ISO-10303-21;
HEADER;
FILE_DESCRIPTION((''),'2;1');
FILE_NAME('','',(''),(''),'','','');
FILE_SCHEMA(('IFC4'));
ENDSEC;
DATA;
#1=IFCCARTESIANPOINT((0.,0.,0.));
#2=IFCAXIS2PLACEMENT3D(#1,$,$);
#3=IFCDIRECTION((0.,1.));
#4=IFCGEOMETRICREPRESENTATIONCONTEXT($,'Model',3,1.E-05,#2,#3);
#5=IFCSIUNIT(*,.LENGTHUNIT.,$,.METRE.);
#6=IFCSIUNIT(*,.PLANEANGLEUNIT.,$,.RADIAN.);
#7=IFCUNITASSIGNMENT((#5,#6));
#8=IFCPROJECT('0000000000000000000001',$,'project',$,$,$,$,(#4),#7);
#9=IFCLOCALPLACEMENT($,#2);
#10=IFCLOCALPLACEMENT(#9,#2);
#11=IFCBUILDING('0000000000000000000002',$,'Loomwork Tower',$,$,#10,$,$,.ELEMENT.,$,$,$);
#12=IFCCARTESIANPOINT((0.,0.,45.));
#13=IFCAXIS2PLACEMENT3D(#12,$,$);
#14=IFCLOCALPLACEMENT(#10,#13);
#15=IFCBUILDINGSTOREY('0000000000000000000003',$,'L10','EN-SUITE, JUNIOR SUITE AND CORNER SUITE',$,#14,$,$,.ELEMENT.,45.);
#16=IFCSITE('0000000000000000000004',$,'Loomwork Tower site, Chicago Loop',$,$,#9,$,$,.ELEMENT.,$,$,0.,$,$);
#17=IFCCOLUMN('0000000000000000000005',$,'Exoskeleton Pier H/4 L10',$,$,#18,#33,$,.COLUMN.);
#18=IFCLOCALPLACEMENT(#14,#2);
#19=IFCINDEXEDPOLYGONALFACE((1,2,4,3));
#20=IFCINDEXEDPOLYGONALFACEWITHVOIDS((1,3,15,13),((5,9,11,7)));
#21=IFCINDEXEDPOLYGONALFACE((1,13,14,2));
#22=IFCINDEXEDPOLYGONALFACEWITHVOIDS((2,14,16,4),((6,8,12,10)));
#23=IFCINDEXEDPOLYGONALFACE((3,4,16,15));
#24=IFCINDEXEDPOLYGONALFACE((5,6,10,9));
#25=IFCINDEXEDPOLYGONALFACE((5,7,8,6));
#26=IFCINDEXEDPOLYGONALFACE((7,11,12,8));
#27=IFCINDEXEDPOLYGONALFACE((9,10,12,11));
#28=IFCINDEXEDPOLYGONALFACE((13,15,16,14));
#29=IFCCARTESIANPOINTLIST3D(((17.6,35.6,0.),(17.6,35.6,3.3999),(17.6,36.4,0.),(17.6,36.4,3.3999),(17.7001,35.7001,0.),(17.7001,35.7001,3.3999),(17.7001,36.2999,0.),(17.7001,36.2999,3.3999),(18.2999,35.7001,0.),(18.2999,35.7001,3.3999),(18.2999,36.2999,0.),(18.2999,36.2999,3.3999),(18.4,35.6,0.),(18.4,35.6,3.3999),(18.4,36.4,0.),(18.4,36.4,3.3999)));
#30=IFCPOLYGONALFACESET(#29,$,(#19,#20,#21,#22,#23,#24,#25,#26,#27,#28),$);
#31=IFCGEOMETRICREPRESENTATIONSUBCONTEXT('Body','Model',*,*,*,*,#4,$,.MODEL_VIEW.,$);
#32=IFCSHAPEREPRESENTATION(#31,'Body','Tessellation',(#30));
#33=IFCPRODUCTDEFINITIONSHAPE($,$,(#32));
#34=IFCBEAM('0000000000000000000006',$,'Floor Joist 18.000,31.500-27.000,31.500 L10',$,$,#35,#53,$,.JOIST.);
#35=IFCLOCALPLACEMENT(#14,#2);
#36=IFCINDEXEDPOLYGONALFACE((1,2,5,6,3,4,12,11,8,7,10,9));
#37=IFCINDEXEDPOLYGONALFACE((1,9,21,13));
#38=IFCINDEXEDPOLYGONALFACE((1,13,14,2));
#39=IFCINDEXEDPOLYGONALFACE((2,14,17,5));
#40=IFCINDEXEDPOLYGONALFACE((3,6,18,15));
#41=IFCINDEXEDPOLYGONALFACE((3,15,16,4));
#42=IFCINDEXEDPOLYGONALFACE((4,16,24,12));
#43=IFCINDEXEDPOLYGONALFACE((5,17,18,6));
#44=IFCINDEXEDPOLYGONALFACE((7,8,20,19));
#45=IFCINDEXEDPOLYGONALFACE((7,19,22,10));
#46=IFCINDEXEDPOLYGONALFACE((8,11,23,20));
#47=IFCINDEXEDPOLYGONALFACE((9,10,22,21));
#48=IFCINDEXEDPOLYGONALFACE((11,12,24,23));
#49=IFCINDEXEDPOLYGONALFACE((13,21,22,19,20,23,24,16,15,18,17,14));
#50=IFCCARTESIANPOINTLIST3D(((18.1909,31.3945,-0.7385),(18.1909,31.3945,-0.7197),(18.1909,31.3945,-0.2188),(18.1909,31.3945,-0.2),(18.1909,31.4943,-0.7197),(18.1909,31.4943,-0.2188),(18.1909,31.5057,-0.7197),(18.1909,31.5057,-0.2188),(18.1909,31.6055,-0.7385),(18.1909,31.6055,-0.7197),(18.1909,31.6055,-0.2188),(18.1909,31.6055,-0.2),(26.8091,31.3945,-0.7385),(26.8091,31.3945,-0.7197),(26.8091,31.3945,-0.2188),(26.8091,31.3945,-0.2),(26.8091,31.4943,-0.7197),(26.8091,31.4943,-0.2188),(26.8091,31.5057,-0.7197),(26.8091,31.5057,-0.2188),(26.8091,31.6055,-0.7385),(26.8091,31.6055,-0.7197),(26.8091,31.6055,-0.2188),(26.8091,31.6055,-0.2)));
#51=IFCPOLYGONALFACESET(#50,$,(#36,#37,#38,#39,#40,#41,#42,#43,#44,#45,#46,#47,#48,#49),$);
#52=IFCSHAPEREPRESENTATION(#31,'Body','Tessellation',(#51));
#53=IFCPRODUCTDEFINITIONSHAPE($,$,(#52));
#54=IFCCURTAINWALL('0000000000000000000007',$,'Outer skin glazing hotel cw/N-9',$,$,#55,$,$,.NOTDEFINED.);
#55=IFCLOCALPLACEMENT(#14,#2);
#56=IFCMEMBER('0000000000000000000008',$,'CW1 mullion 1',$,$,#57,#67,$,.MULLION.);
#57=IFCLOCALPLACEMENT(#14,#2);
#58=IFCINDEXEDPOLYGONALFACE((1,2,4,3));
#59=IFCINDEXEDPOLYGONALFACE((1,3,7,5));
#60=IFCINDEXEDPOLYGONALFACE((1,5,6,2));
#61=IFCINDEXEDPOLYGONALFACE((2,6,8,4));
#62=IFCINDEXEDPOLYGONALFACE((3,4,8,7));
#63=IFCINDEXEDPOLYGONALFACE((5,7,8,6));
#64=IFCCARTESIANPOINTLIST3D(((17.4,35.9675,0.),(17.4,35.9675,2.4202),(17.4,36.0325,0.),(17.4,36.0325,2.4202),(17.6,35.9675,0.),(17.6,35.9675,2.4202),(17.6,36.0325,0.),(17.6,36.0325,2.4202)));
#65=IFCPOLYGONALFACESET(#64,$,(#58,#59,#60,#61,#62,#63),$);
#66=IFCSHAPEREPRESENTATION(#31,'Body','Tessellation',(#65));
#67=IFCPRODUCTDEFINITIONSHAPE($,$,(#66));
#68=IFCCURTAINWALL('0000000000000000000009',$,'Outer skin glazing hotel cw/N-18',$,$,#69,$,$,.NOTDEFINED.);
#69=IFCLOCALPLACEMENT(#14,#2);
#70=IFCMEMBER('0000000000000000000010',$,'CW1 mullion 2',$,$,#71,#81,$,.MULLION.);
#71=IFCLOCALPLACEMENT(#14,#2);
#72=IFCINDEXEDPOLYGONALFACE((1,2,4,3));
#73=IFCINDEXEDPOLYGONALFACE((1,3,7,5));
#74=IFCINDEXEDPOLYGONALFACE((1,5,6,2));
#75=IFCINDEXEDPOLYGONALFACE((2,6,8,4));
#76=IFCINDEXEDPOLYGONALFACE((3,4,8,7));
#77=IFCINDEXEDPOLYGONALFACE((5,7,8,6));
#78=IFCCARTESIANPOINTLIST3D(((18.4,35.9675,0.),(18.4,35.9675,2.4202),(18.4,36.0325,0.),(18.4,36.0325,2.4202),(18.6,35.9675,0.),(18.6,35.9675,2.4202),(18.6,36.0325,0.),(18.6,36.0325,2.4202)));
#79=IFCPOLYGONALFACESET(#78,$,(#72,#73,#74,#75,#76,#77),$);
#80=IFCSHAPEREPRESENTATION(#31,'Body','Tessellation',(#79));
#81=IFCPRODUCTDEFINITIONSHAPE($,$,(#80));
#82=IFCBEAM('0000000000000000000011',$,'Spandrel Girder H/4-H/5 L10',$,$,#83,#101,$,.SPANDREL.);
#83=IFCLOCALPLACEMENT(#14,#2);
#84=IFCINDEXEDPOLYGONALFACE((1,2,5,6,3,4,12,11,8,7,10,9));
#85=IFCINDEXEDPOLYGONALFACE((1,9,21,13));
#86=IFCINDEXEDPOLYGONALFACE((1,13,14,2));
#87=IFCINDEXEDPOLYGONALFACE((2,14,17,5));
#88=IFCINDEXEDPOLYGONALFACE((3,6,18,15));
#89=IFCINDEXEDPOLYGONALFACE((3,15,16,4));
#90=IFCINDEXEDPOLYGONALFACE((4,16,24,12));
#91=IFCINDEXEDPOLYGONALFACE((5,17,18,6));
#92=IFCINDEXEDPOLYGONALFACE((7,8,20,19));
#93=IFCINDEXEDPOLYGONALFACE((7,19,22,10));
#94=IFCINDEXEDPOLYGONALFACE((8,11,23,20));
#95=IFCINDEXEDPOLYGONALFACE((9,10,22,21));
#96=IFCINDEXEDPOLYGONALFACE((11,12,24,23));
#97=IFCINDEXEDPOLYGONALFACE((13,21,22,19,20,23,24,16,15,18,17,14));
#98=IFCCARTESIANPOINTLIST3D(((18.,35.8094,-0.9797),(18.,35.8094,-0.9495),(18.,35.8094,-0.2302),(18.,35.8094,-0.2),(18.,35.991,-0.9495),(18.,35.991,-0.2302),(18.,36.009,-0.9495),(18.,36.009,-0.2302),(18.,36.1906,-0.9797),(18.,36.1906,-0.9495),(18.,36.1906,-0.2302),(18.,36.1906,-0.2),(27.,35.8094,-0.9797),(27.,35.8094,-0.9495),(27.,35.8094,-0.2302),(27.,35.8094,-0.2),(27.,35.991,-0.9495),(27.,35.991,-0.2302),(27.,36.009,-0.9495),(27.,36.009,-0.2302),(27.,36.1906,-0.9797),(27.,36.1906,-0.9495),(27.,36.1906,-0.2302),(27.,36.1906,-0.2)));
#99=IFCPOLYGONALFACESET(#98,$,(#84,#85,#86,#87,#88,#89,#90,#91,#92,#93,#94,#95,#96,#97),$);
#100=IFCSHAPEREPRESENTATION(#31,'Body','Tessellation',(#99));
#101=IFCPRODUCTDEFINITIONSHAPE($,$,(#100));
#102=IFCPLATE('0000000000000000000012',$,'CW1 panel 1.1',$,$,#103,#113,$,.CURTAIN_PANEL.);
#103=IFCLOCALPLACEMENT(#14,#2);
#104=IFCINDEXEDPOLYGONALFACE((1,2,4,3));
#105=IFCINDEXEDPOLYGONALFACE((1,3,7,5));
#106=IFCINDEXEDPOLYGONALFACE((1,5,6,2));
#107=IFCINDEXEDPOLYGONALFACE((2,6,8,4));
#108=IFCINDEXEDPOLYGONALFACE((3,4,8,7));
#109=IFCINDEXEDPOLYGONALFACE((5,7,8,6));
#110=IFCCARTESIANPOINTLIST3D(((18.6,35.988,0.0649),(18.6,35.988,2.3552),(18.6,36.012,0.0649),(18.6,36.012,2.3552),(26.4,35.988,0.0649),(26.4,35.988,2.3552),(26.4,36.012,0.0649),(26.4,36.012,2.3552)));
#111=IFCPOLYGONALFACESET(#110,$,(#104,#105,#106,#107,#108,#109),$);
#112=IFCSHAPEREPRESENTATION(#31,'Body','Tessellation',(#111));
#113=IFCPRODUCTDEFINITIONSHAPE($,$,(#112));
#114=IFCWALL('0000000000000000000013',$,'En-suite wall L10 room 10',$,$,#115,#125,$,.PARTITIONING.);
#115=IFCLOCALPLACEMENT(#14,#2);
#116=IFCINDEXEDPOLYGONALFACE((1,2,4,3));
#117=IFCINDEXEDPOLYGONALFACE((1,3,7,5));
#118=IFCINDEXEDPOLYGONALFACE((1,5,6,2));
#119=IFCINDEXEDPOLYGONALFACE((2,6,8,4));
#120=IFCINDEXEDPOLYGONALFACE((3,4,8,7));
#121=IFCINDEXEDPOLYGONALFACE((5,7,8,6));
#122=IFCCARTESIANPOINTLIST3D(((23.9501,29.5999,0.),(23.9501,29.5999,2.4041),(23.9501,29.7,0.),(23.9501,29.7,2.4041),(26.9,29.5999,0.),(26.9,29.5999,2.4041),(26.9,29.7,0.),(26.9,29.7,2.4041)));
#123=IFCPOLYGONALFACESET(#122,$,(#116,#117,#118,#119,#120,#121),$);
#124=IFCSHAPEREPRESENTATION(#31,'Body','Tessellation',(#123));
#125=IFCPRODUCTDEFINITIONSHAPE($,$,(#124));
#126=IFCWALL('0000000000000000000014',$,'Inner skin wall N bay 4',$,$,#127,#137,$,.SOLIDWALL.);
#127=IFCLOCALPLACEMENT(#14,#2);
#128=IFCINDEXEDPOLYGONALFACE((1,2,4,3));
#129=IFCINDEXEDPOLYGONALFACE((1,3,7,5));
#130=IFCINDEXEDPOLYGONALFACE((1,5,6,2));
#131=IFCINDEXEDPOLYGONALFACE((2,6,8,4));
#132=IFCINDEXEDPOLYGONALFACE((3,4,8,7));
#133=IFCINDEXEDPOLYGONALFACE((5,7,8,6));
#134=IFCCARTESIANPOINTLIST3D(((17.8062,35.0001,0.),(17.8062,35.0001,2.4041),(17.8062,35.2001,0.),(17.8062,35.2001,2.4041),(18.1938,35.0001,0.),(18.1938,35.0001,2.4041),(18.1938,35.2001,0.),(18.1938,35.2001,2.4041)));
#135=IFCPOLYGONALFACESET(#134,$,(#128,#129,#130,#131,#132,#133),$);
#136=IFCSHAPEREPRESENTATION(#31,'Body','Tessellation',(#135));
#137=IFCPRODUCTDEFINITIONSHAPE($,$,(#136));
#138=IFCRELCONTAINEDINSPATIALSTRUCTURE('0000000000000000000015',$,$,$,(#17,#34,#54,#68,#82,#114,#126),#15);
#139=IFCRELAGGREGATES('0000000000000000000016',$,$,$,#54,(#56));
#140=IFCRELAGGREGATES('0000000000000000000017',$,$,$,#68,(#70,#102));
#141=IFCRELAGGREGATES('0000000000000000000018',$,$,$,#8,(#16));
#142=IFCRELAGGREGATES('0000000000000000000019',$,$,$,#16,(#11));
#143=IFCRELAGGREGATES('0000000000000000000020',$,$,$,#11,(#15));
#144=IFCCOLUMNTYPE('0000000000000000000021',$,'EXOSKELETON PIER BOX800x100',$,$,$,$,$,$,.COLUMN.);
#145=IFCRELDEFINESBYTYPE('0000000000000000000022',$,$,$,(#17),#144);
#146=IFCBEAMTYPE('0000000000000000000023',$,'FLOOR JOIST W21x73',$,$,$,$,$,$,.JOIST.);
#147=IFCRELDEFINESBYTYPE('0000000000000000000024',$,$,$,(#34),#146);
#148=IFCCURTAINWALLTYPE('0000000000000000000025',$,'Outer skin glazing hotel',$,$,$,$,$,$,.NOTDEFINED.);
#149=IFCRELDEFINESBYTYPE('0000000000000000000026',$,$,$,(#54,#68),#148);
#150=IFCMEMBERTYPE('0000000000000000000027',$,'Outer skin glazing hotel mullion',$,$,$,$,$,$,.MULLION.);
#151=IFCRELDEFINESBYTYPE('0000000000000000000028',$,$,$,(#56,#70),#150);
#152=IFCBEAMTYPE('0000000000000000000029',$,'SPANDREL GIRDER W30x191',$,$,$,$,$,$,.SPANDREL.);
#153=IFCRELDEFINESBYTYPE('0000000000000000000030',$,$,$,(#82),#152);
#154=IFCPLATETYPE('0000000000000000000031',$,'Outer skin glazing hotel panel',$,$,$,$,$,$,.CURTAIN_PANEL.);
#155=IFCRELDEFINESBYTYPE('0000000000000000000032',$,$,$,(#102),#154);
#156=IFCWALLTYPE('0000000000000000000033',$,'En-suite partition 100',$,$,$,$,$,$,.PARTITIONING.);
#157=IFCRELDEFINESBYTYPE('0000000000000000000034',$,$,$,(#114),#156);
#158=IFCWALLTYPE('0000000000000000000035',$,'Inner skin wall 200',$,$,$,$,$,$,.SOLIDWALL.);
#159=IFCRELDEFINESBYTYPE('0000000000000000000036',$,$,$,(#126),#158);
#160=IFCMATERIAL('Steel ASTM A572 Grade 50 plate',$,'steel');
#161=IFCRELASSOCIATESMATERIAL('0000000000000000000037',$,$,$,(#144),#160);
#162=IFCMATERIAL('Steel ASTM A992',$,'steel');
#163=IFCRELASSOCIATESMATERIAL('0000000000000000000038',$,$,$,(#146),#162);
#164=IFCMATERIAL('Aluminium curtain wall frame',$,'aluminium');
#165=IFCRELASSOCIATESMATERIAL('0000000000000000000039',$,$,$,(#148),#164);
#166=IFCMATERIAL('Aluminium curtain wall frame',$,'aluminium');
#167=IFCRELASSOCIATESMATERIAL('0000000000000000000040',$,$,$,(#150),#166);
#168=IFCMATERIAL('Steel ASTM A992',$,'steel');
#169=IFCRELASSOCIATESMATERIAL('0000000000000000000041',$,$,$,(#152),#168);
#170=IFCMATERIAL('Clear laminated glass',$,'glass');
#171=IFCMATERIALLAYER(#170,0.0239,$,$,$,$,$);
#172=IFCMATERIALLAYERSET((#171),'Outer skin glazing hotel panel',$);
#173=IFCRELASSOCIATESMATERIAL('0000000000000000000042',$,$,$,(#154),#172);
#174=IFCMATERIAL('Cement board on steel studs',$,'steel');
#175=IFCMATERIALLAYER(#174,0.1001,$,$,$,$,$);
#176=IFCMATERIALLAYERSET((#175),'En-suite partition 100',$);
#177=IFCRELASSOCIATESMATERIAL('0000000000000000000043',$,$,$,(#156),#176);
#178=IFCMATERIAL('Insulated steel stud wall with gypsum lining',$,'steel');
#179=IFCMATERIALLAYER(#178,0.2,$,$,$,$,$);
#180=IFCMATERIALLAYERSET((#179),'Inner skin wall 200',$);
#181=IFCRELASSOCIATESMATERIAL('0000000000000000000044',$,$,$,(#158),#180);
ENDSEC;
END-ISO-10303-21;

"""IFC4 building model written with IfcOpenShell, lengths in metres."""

from ifc_helpers import new_model, si_unit, direction, frame, frame_2d, origin, origin_2d, place, context, subcontext, project, spatial, rectangle, hollow_rectangle, i_section, extrude, material, layer, layer_set, material_profile, profile_set, type_object, element, aggregate, save


model = new_model("IFC4")

# Units and contexts
model_context = context("Model", 3, precision=1e-05, world=origin(), true_north=direction((0.0, 1.0)))
body_context = subcontext(model_context, "Body", "Model", "MODEL_VIEW")
ifc_project = project(units=[si_unit("LENGTHUNIT", "METRE"), si_unit("PLANEANGLEUNIT", "RADIAN")], contexts=[model_context])

# Site, building, storey
site_placement = place(None, origin())
site = spatial("IfcSite", under=ifc_project, at=site_placement, Name="Loomwork Tower site, Chicago Loop", CompositionType="ELEMENT", RefElevation=0.0)
building_placement = place(site_placement, origin())
building = spatial("IfcBuilding", under=site, at=building_placement, Name="Loomwork Tower", CompositionType="ELEMENT")
storey_placement = place(building_placement, frame((0.0, 0.0, 45.0)))
storey = spatial("IfcBuildingStorey", under=building, at=storey_placement, Name="L10", Description="EN-SUITE, JUNIOR SUITE AND CORNER SUITE", CompositionType="ELEMENT", Elevation=45.0)

# Column
ifc_material_1 = material(Name="Steel ASTM A572 Grade 50 plate", Category="steel")
ifc_material_profile_1 = material_profile(ifc_material_1, hollow_rectangle(XDim=0.8, YDim=0.8, WallThickness=0.1001, at=origin_2d()), Name="BOX800x100")
ifc_profile_set_1 = profile_set([ifc_material_profile_1], Name="Steel ASTM A572 Grade 50 plate")
column_type = type_object("IfcColumnType", Name="EXOSKELETON PIER BOX800x100", PredefinedType="COLUMN", material=ifc_profile_set_1)
column_placement = place(storey_placement, frame((18.0, 36.0, 0.0), z_axis=(0.0, 0.0, 1.0), x_axis=(1.0, 0.0, 0.0)))
element("IfcColumn", 1, at=column_placement, inside=storey, type_object=column_type, Name="Exoskeleton Pier H/4 L10", PredefinedType="COLUMN", context=body_context, shape_type="SweptSolid", body=[
    extrude(hollow_rectangle(XDim=0.8, YDim=0.8, WallThickness=0.1001, at=origin_2d()), origin(), (0.0, 0.0, 1.0), 3.3999),
])

# Beam
ifc_material_2 = material(Name="Steel ASTM A992", Category="steel")
ifc_material_profile_2 = material_profile(ifc_material_2, i_section(OverallWidth=0.2109, OverallDepth=0.5386, WebThickness=0.0115, FlangeThickness=0.0188, at=origin_2d()), Name="W21x73")
ifc_profile_set_2 = profile_set([ifc_material_profile_2], Name="Steel ASTM A992")
beam_type_1 = type_object("IfcBeamType", Name="FLOOR JOIST W21x73", PredefinedType="JOIST", material=ifc_profile_set_2)
beam_1_placement = place(storey_placement, frame((18.1909, 31.5, -0.4692), z_axis=(1.0, 0.0, 0.0), x_axis=(0.0, 1.0, 0.0)))
element("IfcBeam", 2, at=beam_1_placement, inside=storey, type_object=beam_type_1, Name="Floor Joist 18.000,31.500-27.000,31.500 L10", PredefinedType="JOIST", context=body_context, shape_type="SweptSolid", body=[
    extrude(i_section(OverallWidth=0.2109, OverallDepth=0.5386, WebThickness=0.0115, FlangeThickness=0.0188, at=origin_2d()), origin(), (0.0, 0.0, 1.0), 8.6182),
])

# Curtain walls, members
ifc_material_3 = material(Name="Aluminium curtain wall frame", Category="aluminium")
curtain_wall_type = type_object("IfcCurtainWallType", Name="Outer skin glazing hotel", PredefinedType="NOTDEFINED", material=ifc_material_3)
curtain_wall_1_placement = place(storey_placement, origin())
curtain_wall_1 = element("IfcCurtainWall", 3, at=curtain_wall_1_placement, inside=storey, type_object=curtain_wall_type, Name="Outer skin glazing hotel cw/N-9", PredefinedType="NOTDEFINED")
ifc_material_4 = material(Name="Aluminium curtain wall frame", Category="aluminium")
ifc_material_profile_3 = material_profile(ifc_material_4, rectangle(XDim=0.0649, YDim=0.2, at=origin_2d()), Name="AL 65x200")
ifc_profile_set_3 = profile_set([ifc_material_profile_3], Name="Aluminium curtain wall frame")
member_type = type_object("IfcMemberType", Name="Outer skin glazing hotel mullion", PredefinedType="MULLION", material=ifc_profile_set_3)
member_1_placement = place(storey_placement, frame((17.5, 36.0, 0.0), z_axis=(0.0, 0.0, 1.0), x_axis=(0.0, -1.0, 0.0)))
member_1 = element("IfcMember", 4, at=member_1_placement, type_object=member_type, Name="CW1 mullion 1", PredefinedType="MULLION", context=body_context, shape_type="SweptSolid", body=[
    extrude(rectangle(XDim=0.0649, YDim=0.2, at=origin_2d()), origin(), (0.0, 0.0, 1.0), 2.4202),
])
aggregate(curtain_wall_1, [member_1])
curtain_wall_2_placement = place(storey_placement, origin())
curtain_wall_2 = element("IfcCurtainWall", 5, at=curtain_wall_2_placement, inside=storey, type_object=curtain_wall_type, Name="Outer skin glazing hotel cw/N-18", PredefinedType="NOTDEFINED")
member_2_placement = place(storey_placement, frame((18.5, 36.0, 0.0), z_axis=(0.0, 0.0, 1.0), x_axis=(0.0, -1.0, 0.0)))
member_2 = element("IfcMember", 6, at=member_2_placement, type_object=member_type, Name="CW1 mullion 2", PredefinedType="MULLION", context=body_context, shape_type="SweptSolid", body=[
    extrude(rectangle(XDim=0.0649, YDim=0.2, at=origin_2d()), origin(), (0.0, 0.0, 1.0), 2.4202),
])

# Beam
ifc_material_5 = material(Name="Steel ASTM A992", Category="steel")
ifc_material_profile_4 = material_profile(ifc_material_5, i_section(OverallWidth=0.3811, OverallDepth=0.7798, WebThickness=0.0181, FlangeThickness=0.0303, at=origin_2d()), Name="W30x191")
ifc_profile_set_4 = profile_set([ifc_material_profile_4], Name="Steel ASTM A992")
beam_type_2 = type_object("IfcBeamType", Name="SPANDREL GIRDER W30x191", PredefinedType="SPANDREL", material=ifc_profile_set_4)
beam_2_placement = place(storey_placement, frame((18.0, 36.0, -0.5898), z_axis=(1.0, 0.0, 0.0), x_axis=(0.0, 1.0, 0.0)))
element("IfcBeam", 7, at=beam_2_placement, inside=storey, type_object=beam_type_2, Name="Spandrel Girder H/4-H/5 L10", PredefinedType="SPANDREL", context=body_context, shape_type="SweptSolid", body=[
    extrude(i_section(OverallWidth=0.3811, OverallDepth=0.7798, WebThickness=0.0181, FlangeThickness=0.0303, at=origin_2d()), origin(), (0.0, 0.0, 1.0), 9.0),
])

# Plate
ifc_material_6 = material(Name="Clear laminated glass", Category="glass")
ifc_layer_1 = layer(ifc_material_6, 0.0239)
ifc_layer_set_1 = layer_set([ifc_layer_1], Name="Outer skin glazing hotel panel")
plate_type = type_object("IfcPlateType", Name="Outer skin glazing hotel panel", PredefinedType="CURTAIN_PANEL", material=ifc_layer_set_1)
plate_placement = place(storey_placement, frame((22.5, 36.0, 0.0649), z_axis=(0.0, 0.0, 1.0), x_axis=(-1.0, 0.0, 0.0)))
plate = element("IfcPlate", 8, at=plate_placement, type_object=plate_type, Name="CW1 panel 1.1", PredefinedType="CURTAIN_PANEL", context=body_context, shape_type="SweptSolid", body=[
    extrude(rectangle(XDim=7.8, YDim=0.0239, at=origin_2d()), origin(), (0.0, 0.0, 1.0), 2.2903),
])
aggregate(curtain_wall_2, [member_2, plate])

# Walls
ifc_material_7 = material(Name="Cement board on steel studs", Category="steel")
ifc_layer_2 = layer(ifc_material_7, 0.1001)
ifc_layer_set_2 = layer_set([ifc_layer_2], Name="En-suite partition 100")
wall_type_1 = type_object("IfcWallType", Name="En-suite partition 100", PredefinedType="PARTITIONING", material=ifc_layer_set_2)
wall_1_placement = place(storey_placement, frame((23.95, 29.6499, 0.0), z_axis=(0.0, 0.0, 1.0), x_axis=(1.0, 0.0, 0.0)))
element("IfcWall", 9, at=wall_1_placement, inside=storey, type_object=wall_type_1, Name="En-suite wall L10 room 10", PredefinedType="PARTITIONING", context=body_context, shape_type="SweptSolid", body=[
    extrude(rectangle(XDim=2.95, YDim=0.1001, at=frame_2d((1.4751, 0.0))), origin(), (0.0, 0.0, 1.0), 2.4041),
])
ifc_material_8 = material(Name="Insulated steel stud wall with gypsum lining", Category="steel")
ifc_layer_3 = layer(ifc_material_8, 0.2)
ifc_layer_set_3 = layer_set([ifc_layer_3], Name="Inner skin wall 200")
wall_type_2 = type_object("IfcWallType", Name="Inner skin wall 200", PredefinedType="SOLIDWALL", material=ifc_layer_set_3)
wall_2_placement = place(storey_placement, frame((17.8062, 35.1001, 0.0), z_axis=(0.0, 0.0, 1.0), x_axis=(1.0, 0.0, 0.0)))
element("IfcWall", 10, at=wall_2_placement, inside=storey, type_object=wall_type_2, Name="Inner skin wall N bay 4", PredefinedType="SOLIDWALL", context=body_context, shape_type="SweptSolid", body=[
    extrude(rectangle(XDim=0.3877, YDim=0.2, at=frame_2d((0.1938, 0.0))), origin(), (0.0, 0.0, 1.0), 2.4041),
])

save(model, "model.ifc")
